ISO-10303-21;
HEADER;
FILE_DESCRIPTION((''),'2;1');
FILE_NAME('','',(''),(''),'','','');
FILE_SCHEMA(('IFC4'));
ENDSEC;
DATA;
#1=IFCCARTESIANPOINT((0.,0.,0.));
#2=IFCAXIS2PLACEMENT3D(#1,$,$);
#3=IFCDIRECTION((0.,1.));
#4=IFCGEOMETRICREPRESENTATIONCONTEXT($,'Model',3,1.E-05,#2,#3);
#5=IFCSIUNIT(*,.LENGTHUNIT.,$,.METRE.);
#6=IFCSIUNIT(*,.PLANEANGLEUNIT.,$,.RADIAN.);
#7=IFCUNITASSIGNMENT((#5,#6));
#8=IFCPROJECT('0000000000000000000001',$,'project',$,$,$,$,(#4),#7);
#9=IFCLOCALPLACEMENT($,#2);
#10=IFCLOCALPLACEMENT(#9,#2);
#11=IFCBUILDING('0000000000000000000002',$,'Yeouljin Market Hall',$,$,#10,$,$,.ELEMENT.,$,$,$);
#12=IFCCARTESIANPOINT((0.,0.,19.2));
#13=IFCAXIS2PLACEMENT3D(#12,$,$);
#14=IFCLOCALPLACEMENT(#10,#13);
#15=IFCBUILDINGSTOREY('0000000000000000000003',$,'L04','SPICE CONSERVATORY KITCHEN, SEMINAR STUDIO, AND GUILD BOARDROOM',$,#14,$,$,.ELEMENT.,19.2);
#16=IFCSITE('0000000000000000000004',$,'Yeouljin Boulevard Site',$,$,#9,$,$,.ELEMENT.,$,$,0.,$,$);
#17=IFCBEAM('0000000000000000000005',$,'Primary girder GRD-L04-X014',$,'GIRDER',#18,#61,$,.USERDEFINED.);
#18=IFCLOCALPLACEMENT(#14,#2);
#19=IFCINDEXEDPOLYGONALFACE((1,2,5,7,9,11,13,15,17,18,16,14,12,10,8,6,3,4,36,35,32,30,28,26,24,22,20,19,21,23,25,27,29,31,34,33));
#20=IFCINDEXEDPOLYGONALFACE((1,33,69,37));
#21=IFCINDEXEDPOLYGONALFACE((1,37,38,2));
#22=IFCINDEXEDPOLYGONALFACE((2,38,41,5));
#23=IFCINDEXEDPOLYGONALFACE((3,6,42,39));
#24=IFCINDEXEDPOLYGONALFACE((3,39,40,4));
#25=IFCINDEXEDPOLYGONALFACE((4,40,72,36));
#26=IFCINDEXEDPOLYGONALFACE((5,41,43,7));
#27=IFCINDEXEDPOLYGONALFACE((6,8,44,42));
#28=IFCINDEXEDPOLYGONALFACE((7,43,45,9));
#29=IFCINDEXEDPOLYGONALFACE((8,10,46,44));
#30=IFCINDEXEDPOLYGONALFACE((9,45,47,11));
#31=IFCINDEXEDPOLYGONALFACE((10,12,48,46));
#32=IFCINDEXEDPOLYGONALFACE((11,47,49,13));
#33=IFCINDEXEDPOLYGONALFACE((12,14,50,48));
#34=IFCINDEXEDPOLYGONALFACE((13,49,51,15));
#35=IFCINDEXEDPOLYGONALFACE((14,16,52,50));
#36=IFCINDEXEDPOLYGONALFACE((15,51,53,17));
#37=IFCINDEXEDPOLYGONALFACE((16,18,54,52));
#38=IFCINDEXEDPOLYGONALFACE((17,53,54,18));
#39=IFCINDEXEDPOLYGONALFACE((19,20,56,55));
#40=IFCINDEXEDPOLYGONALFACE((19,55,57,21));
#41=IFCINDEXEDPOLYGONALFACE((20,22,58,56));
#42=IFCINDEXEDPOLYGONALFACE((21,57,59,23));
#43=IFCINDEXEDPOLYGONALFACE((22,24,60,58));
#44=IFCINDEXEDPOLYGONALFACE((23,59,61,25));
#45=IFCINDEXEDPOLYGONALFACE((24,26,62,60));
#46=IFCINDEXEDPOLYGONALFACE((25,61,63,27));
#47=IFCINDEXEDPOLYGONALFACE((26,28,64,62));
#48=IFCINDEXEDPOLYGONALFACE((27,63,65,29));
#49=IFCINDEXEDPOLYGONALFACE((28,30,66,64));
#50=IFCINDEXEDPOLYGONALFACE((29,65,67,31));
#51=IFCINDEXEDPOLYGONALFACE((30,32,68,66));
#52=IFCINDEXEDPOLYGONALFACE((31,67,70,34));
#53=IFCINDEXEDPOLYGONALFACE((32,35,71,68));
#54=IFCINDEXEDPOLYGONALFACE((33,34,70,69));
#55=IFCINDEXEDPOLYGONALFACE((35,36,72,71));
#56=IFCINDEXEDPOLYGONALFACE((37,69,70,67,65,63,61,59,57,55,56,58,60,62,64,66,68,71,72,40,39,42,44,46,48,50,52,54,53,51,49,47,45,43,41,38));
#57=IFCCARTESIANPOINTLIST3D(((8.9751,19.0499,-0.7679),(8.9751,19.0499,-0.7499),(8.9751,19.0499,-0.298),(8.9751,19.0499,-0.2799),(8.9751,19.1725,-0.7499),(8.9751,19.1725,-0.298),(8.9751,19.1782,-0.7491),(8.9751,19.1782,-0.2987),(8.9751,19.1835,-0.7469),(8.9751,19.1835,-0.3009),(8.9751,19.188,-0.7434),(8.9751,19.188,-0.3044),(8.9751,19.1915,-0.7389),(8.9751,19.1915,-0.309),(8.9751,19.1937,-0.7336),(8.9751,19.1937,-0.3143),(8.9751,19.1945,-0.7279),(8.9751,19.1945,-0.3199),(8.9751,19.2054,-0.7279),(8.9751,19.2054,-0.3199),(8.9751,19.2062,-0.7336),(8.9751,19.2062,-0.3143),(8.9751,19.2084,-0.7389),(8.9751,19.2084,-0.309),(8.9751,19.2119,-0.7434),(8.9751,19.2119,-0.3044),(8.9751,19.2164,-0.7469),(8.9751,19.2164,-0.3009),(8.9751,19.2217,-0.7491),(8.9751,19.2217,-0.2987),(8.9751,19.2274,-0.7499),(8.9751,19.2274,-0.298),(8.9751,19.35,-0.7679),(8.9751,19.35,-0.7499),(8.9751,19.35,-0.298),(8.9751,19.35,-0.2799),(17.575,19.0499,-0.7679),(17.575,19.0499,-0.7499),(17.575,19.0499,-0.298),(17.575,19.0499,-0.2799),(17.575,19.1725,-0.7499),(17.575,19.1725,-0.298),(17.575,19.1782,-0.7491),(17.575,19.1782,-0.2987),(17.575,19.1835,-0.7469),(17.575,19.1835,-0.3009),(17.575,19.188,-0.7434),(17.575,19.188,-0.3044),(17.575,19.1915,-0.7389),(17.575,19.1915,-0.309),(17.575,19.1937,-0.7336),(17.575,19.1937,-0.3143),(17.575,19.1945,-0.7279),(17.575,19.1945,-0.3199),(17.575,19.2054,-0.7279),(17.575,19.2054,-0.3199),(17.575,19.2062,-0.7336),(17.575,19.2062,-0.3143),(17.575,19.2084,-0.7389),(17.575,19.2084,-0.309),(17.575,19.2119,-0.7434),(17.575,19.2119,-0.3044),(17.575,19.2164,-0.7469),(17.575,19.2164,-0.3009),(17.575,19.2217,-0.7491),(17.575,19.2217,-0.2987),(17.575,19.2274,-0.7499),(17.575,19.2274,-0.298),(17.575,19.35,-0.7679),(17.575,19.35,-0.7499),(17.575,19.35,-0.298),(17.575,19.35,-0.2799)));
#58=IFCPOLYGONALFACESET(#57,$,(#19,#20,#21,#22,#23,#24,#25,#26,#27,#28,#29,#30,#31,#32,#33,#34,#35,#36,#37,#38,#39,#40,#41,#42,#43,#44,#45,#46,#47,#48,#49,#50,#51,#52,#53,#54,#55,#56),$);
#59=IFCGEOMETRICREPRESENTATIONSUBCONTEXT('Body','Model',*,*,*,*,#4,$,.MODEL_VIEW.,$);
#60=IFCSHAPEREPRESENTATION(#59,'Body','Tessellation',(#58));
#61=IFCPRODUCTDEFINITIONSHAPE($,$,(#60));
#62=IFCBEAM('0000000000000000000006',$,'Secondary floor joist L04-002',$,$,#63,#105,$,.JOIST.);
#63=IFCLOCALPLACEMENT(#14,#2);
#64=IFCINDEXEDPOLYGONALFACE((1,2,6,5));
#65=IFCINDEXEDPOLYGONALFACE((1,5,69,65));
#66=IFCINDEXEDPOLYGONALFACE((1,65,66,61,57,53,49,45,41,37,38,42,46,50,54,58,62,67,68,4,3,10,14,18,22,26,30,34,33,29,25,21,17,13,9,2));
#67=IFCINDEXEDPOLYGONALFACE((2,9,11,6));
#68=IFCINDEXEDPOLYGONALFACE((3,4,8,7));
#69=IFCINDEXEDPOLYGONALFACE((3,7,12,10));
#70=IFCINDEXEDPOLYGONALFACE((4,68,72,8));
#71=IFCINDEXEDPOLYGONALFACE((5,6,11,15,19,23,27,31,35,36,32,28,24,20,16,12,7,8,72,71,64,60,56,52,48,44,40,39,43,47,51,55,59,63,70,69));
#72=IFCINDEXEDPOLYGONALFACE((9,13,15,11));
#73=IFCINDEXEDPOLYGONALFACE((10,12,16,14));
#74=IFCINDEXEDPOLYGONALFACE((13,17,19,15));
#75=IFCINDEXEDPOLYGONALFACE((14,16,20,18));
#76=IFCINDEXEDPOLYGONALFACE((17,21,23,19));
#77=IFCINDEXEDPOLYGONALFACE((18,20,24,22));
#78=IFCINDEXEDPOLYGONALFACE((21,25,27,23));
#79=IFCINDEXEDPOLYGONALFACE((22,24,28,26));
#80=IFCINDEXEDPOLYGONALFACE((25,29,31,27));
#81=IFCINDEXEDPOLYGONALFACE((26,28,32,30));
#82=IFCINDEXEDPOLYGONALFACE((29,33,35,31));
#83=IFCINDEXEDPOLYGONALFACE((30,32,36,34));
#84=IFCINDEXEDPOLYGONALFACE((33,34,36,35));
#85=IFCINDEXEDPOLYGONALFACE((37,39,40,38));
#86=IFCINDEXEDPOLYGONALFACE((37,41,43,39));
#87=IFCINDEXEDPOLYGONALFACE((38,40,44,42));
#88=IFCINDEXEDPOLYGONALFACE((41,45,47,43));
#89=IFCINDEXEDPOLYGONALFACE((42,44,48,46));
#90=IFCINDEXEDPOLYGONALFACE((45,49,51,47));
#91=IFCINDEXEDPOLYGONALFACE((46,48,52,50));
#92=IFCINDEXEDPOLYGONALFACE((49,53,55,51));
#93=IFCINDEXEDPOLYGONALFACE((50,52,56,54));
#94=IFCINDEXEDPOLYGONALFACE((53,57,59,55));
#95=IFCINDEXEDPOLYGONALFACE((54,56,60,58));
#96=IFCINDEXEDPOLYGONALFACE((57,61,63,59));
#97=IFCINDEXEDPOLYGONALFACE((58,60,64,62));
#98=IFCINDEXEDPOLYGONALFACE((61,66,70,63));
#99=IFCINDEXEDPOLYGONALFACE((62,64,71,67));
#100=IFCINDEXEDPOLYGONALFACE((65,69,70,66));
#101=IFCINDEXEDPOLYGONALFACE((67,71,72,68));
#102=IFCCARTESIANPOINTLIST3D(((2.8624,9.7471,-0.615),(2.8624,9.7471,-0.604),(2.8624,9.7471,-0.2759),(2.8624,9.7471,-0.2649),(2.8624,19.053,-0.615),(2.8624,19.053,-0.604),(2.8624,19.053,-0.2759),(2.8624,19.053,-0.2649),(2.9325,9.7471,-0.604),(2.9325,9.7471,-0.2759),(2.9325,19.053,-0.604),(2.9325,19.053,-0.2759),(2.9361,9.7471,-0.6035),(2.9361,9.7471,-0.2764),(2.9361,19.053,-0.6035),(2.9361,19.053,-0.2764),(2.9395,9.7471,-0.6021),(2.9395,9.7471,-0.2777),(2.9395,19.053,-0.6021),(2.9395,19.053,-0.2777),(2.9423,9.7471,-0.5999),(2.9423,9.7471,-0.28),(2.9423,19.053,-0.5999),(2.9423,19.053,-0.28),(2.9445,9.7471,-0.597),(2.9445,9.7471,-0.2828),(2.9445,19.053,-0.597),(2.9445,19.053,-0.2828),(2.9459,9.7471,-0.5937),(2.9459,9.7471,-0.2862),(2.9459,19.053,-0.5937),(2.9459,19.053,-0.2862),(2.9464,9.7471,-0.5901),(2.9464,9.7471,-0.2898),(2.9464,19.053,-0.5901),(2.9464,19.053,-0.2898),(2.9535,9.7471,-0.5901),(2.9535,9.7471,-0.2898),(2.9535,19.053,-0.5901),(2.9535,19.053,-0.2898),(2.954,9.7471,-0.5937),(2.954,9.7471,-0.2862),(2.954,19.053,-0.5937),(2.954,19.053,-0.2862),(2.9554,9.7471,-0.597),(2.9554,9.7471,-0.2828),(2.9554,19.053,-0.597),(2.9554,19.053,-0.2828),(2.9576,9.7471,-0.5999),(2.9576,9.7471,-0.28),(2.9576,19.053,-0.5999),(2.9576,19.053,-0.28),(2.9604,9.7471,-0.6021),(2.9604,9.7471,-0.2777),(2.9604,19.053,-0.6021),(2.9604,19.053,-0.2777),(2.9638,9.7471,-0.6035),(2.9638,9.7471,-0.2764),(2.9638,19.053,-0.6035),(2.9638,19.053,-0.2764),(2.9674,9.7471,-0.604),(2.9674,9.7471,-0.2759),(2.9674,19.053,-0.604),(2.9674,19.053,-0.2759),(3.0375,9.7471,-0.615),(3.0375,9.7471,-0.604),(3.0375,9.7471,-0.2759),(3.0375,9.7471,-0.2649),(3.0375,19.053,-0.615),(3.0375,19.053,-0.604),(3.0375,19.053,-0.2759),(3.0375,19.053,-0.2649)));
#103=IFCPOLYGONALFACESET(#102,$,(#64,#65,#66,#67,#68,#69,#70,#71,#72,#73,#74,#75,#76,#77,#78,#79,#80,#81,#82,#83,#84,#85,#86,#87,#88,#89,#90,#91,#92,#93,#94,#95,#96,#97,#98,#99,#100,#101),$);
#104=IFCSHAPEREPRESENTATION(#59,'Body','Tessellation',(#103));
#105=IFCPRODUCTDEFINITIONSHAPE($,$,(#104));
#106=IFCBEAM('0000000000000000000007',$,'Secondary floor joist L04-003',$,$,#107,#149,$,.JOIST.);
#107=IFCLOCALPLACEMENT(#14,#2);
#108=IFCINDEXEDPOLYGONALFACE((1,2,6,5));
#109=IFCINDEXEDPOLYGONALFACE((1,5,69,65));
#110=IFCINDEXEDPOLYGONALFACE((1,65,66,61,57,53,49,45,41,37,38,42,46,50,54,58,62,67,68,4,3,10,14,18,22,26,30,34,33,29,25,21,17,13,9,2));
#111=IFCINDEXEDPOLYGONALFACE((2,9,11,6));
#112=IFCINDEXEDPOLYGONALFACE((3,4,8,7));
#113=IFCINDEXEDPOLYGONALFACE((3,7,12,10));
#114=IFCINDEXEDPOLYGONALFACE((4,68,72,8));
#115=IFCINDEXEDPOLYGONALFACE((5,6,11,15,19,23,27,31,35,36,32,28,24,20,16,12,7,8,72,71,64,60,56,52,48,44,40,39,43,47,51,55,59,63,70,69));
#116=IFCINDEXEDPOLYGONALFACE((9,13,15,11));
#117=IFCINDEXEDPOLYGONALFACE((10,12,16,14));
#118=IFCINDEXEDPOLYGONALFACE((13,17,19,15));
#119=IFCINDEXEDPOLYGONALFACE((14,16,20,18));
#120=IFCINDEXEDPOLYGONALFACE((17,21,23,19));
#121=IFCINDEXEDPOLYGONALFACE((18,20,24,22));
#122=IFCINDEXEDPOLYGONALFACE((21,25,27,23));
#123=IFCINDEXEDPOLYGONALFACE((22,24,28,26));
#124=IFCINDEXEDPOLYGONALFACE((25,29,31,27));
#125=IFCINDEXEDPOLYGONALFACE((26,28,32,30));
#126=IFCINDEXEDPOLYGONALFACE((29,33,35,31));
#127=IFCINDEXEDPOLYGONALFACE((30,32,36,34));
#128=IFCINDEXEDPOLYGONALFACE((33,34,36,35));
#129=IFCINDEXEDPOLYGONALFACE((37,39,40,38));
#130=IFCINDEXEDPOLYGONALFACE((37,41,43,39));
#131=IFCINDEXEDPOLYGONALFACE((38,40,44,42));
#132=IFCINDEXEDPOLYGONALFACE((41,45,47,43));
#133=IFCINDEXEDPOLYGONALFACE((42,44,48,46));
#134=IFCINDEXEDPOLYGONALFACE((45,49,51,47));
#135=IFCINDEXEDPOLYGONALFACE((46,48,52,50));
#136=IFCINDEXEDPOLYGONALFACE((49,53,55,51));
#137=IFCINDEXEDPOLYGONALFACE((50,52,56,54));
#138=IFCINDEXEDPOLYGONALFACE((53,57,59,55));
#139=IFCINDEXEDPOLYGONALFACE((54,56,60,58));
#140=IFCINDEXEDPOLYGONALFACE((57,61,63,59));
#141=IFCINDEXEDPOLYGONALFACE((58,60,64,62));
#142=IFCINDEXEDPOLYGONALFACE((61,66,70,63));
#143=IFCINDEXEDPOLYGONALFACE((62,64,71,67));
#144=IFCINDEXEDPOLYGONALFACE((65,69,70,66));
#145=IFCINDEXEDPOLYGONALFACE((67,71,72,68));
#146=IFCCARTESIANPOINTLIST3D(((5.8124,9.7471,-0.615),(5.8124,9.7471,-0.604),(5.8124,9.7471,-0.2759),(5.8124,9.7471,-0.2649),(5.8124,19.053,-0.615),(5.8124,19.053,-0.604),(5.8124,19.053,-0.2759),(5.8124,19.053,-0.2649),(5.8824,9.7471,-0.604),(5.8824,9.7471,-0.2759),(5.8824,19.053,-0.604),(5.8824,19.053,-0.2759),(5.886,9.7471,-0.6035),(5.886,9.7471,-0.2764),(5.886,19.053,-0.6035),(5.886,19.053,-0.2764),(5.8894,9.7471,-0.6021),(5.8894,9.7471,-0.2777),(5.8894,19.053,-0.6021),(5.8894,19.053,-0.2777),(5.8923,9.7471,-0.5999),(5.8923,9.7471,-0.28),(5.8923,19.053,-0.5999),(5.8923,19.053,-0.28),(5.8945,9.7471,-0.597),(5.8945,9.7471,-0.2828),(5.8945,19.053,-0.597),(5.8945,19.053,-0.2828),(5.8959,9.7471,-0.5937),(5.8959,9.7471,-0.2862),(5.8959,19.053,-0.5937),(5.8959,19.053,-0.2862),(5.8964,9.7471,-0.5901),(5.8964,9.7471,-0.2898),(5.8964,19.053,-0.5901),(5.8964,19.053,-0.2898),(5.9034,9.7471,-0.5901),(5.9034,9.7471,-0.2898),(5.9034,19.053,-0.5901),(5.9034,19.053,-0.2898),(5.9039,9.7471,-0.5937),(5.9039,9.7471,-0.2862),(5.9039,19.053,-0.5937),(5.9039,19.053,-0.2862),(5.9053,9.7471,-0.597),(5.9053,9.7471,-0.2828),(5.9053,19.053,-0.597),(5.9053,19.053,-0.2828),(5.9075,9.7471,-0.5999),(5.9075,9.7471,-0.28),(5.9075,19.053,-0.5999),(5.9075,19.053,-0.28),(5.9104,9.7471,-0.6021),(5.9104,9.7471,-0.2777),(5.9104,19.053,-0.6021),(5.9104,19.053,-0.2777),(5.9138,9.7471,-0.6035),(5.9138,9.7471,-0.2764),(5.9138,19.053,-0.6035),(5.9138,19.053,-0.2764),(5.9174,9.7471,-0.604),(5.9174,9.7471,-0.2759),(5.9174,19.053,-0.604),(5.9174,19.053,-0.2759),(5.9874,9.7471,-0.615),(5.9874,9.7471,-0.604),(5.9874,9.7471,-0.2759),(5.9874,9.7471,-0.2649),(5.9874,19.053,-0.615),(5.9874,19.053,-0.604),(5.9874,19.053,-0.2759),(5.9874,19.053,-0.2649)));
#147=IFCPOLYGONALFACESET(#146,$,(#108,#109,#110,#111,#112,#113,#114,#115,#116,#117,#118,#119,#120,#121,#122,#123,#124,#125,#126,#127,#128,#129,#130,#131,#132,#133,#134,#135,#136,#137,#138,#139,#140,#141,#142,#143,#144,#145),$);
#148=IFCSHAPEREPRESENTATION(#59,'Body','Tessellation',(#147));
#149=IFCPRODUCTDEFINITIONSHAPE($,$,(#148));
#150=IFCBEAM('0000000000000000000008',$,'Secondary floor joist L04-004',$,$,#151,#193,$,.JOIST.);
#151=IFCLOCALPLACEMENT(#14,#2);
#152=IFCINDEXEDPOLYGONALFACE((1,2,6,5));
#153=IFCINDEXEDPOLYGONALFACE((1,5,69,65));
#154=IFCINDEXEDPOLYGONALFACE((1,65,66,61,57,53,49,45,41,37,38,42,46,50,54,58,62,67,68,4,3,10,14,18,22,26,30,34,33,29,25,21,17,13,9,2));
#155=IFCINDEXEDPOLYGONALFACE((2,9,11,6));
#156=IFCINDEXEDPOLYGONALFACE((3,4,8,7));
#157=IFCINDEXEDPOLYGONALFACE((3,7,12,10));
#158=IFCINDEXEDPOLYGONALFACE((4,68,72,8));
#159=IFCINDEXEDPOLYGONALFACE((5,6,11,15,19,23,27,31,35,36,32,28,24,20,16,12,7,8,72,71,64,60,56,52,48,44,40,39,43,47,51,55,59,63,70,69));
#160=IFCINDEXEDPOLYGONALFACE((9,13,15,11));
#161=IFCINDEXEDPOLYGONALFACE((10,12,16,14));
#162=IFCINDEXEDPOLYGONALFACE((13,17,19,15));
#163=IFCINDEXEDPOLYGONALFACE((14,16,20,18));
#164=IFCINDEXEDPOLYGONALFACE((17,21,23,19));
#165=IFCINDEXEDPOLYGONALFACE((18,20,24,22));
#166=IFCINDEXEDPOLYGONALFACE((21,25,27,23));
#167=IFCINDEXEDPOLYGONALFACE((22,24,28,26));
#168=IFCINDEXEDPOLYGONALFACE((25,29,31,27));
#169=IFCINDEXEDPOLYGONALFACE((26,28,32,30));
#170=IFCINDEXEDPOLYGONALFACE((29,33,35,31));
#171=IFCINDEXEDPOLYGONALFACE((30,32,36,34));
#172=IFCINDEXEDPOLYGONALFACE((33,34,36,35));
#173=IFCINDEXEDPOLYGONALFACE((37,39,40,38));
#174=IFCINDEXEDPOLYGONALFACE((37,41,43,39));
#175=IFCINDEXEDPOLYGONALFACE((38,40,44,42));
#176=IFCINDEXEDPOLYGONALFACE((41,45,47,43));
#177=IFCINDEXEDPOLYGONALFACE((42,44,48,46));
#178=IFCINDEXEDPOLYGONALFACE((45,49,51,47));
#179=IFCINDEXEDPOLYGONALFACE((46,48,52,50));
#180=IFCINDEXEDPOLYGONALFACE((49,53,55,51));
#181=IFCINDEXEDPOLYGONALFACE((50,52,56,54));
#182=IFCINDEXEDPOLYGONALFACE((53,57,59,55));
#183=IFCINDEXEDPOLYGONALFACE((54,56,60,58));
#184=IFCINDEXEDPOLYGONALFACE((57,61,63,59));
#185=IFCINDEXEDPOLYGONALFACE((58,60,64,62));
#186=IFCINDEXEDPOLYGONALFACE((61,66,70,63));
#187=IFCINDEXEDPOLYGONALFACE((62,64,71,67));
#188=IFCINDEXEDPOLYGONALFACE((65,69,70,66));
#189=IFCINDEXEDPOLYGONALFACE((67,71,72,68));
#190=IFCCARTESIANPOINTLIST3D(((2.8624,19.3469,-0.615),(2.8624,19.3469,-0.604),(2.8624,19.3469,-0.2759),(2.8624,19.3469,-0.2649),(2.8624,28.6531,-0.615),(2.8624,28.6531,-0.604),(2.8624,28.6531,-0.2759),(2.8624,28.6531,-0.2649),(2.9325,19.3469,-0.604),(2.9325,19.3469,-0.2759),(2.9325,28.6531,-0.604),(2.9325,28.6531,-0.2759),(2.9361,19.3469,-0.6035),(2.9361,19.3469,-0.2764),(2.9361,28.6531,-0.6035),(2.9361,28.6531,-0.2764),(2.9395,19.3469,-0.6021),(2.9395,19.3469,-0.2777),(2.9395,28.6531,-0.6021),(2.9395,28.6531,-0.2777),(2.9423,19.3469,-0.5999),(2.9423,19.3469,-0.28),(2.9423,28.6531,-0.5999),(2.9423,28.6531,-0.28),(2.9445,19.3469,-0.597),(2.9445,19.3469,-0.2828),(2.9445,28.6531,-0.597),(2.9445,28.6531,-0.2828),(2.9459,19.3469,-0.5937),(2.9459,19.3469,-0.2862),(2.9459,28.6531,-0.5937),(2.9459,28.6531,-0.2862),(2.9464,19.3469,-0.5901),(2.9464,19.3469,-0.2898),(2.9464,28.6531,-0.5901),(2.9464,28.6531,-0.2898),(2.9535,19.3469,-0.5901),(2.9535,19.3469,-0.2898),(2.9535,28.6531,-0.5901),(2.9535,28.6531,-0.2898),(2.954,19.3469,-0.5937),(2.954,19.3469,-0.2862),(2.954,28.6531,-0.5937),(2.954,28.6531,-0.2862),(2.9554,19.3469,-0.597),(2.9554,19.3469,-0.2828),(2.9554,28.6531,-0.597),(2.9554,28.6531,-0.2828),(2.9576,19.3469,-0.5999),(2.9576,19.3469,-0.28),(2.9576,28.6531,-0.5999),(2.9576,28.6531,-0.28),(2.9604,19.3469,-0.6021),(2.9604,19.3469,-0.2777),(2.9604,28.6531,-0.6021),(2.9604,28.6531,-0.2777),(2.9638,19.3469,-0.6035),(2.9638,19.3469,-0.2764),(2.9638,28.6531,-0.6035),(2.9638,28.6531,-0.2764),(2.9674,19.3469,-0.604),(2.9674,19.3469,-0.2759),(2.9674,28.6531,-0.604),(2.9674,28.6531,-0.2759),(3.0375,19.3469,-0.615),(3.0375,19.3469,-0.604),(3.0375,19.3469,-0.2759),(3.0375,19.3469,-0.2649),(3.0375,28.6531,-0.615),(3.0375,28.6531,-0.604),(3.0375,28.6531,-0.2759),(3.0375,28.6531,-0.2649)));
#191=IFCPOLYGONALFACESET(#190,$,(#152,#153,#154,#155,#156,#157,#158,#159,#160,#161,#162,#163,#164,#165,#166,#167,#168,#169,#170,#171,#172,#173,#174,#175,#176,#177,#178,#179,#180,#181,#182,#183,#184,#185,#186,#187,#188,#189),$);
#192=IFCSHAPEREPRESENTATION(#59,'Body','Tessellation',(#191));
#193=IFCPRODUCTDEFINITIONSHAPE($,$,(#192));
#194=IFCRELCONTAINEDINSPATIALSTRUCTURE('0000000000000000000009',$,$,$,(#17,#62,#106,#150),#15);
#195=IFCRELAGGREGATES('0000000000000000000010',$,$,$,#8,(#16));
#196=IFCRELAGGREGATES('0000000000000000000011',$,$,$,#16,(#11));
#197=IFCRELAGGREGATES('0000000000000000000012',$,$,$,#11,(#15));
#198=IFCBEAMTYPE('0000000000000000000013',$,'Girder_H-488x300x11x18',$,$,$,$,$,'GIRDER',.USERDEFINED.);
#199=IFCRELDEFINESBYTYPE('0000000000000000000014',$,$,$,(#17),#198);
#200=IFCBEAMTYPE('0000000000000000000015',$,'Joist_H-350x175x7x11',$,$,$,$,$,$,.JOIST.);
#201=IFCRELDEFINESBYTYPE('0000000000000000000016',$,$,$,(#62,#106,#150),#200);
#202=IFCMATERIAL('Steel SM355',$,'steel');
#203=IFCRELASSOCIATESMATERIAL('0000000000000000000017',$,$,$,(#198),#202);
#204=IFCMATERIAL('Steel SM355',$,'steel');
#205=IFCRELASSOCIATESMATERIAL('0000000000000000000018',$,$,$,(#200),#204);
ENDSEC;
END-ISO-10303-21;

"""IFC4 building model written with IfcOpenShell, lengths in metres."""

from ifc_helpers import new_model, si_unit, direction, frame, origin, origin_2d, place, context, subcontext, project, spatial, i_section, extrude, material, material_profile, profile_set, type_object, element, save


model = new_model("IFC4")

# Units and contexts
model_context = context("Model", 3, precision=1e-05, world=origin(), true_north=direction((0.0, 1.0)))
body_context = subcontext(model_context, "Body", "Model", "MODEL_VIEW")
ifc_project = project(units=[si_unit("LENGTHUNIT", "METRE"), si_unit("PLANEANGLEUNIT", "RADIAN")], contexts=[model_context])

# Site, building, storey
site_placement = place(None, origin())
site = spatial("IfcSite", under=ifc_project, at=site_placement, Name="Yeouljin Boulevard Site", CompositionType="ELEMENT", RefElevation=0.0)
building_placement = place(site_placement, origin())
building = spatial("IfcBuilding", under=site, at=building_placement, Name="Yeouljin Market Hall", CompositionType="ELEMENT")
storey_placement = place(building_placement, frame((0.0, 0.0, 19.2)))
storey = spatial("IfcBuildingStorey", under=building, at=storey_placement, Name="L04", Description="SPICE CONSERVATORY KITCHEN, SEMINAR STUDIO, AND GUILD BOARDROOM", CompositionType="ELEMENT", Elevation=19.2)

# Beams
ifc_material_1 = material(Name="Steel SM355", Category="steel")
ifc_material_profile_1 = material_profile(ifc_material_1, i_section(OverallWidth=0.3, OverallDepth=0.488, WebThickness=0.011, FlangeThickness=0.0181, FilletRadius=0.022, at=origin_2d()), Name="H-488x300x11x18")
ifc_profile_set_1 = profile_set([ifc_material_profile_1], Name="Steel SM355")
beam_type_1 = type_object("IfcBeamType", Name="Girder_H-488x300x11x18", ElementType="GIRDER", PredefinedType="USERDEFINED", material=ifc_profile_set_1)
beam_1_placement = place(storey_placement, frame((8.9751, 19.2, -0.5239), z_axis=(1.0, 0.0, 0.0), x_axis=(0.0, 1.0, 0.0)))
element("IfcBeam", 1, at=beam_1_placement, inside=storey, type_object=beam_type_1, Name="Primary girder GRD-L04-X014", ObjectType="GIRDER", PredefinedType="USERDEFINED", context=body_context, shape_type="SweptSolid", body=[
    extrude(i_section(OverallWidth=0.3, OverallDepth=0.488, WebThickness=0.011, FlangeThickness=0.0181, FilletRadius=0.022, at=origin_2d()), origin(), (0.0, 0.0, 1.0), 8.5999),
])
ifc_material_2 = material(Name="Steel SM355", Category="steel")
ifc_material_profile_2 = material_profile(ifc_material_2, i_section(OverallWidth=0.175, OverallDepth=0.3501, WebThickness=0.0071, FlangeThickness=0.011, FilletRadius=0.0139, at=origin_2d()), Name="H-350x175x7x11")
ifc_profile_set_2 = profile_set([ifc_material_profile_2], Name="Steel SM355")
beam_type_2 = type_object("IfcBeamType", Name="Joist_H-350x175x7x11", PredefinedType="JOIST", material=ifc_profile_set_2)
for number, where, z_axis, x_axis, name in (
    (2, (2.95, 9.7471, -0.4399), (0.0, 1.0, 0.0), (-1.0, 0.0, 0.0), "Secondary floor joist L04-002"),
    (3, (5.8999, 9.7471, -0.4399), (0.0, 1.0, 0.0), (-1.0, 0.0, 0.0), "Secondary floor joist L04-003"),
):
    element("IfcBeam", number, at=place(storey_placement, frame(where, z_axis=z_axis, x_axis=x_axis)), inside=storey, type_object=beam_type_2, Name=name, PredefinedType="JOIST", context=body_context, shape_type="SweptSolid", body=[
        extrude(i_section(OverallWidth=0.175, OverallDepth=0.3501, WebThickness=0.0071, FlangeThickness=0.011, FilletRadius=0.0139, at=origin_2d()), origin(), (0.0, 0.0, 1.0), 9.3059),
    ])
beam_2_placement = place(storey_placement, frame((2.95, 19.3469, -0.4399), z_axis=(0.0, 1.0, 0.0), x_axis=(-1.0, 0.0, 0.0)))
element("IfcBeam", 4, at=beam_2_placement, inside=storey, type_object=beam_type_2, Name="Secondary floor joist L04-004", PredefinedType="JOIST", context=body_context, shape_type="SweptSolid", body=[
    extrude(i_section(OverallWidth=0.175, OverallDepth=0.3501, WebThickness=0.0071, FlangeThickness=0.011, FilletRadius=0.0139, at=origin_2d()), origin(), (0.0, 0.0, 1.0), 9.3062),
])

save(model, "model.ifc")
